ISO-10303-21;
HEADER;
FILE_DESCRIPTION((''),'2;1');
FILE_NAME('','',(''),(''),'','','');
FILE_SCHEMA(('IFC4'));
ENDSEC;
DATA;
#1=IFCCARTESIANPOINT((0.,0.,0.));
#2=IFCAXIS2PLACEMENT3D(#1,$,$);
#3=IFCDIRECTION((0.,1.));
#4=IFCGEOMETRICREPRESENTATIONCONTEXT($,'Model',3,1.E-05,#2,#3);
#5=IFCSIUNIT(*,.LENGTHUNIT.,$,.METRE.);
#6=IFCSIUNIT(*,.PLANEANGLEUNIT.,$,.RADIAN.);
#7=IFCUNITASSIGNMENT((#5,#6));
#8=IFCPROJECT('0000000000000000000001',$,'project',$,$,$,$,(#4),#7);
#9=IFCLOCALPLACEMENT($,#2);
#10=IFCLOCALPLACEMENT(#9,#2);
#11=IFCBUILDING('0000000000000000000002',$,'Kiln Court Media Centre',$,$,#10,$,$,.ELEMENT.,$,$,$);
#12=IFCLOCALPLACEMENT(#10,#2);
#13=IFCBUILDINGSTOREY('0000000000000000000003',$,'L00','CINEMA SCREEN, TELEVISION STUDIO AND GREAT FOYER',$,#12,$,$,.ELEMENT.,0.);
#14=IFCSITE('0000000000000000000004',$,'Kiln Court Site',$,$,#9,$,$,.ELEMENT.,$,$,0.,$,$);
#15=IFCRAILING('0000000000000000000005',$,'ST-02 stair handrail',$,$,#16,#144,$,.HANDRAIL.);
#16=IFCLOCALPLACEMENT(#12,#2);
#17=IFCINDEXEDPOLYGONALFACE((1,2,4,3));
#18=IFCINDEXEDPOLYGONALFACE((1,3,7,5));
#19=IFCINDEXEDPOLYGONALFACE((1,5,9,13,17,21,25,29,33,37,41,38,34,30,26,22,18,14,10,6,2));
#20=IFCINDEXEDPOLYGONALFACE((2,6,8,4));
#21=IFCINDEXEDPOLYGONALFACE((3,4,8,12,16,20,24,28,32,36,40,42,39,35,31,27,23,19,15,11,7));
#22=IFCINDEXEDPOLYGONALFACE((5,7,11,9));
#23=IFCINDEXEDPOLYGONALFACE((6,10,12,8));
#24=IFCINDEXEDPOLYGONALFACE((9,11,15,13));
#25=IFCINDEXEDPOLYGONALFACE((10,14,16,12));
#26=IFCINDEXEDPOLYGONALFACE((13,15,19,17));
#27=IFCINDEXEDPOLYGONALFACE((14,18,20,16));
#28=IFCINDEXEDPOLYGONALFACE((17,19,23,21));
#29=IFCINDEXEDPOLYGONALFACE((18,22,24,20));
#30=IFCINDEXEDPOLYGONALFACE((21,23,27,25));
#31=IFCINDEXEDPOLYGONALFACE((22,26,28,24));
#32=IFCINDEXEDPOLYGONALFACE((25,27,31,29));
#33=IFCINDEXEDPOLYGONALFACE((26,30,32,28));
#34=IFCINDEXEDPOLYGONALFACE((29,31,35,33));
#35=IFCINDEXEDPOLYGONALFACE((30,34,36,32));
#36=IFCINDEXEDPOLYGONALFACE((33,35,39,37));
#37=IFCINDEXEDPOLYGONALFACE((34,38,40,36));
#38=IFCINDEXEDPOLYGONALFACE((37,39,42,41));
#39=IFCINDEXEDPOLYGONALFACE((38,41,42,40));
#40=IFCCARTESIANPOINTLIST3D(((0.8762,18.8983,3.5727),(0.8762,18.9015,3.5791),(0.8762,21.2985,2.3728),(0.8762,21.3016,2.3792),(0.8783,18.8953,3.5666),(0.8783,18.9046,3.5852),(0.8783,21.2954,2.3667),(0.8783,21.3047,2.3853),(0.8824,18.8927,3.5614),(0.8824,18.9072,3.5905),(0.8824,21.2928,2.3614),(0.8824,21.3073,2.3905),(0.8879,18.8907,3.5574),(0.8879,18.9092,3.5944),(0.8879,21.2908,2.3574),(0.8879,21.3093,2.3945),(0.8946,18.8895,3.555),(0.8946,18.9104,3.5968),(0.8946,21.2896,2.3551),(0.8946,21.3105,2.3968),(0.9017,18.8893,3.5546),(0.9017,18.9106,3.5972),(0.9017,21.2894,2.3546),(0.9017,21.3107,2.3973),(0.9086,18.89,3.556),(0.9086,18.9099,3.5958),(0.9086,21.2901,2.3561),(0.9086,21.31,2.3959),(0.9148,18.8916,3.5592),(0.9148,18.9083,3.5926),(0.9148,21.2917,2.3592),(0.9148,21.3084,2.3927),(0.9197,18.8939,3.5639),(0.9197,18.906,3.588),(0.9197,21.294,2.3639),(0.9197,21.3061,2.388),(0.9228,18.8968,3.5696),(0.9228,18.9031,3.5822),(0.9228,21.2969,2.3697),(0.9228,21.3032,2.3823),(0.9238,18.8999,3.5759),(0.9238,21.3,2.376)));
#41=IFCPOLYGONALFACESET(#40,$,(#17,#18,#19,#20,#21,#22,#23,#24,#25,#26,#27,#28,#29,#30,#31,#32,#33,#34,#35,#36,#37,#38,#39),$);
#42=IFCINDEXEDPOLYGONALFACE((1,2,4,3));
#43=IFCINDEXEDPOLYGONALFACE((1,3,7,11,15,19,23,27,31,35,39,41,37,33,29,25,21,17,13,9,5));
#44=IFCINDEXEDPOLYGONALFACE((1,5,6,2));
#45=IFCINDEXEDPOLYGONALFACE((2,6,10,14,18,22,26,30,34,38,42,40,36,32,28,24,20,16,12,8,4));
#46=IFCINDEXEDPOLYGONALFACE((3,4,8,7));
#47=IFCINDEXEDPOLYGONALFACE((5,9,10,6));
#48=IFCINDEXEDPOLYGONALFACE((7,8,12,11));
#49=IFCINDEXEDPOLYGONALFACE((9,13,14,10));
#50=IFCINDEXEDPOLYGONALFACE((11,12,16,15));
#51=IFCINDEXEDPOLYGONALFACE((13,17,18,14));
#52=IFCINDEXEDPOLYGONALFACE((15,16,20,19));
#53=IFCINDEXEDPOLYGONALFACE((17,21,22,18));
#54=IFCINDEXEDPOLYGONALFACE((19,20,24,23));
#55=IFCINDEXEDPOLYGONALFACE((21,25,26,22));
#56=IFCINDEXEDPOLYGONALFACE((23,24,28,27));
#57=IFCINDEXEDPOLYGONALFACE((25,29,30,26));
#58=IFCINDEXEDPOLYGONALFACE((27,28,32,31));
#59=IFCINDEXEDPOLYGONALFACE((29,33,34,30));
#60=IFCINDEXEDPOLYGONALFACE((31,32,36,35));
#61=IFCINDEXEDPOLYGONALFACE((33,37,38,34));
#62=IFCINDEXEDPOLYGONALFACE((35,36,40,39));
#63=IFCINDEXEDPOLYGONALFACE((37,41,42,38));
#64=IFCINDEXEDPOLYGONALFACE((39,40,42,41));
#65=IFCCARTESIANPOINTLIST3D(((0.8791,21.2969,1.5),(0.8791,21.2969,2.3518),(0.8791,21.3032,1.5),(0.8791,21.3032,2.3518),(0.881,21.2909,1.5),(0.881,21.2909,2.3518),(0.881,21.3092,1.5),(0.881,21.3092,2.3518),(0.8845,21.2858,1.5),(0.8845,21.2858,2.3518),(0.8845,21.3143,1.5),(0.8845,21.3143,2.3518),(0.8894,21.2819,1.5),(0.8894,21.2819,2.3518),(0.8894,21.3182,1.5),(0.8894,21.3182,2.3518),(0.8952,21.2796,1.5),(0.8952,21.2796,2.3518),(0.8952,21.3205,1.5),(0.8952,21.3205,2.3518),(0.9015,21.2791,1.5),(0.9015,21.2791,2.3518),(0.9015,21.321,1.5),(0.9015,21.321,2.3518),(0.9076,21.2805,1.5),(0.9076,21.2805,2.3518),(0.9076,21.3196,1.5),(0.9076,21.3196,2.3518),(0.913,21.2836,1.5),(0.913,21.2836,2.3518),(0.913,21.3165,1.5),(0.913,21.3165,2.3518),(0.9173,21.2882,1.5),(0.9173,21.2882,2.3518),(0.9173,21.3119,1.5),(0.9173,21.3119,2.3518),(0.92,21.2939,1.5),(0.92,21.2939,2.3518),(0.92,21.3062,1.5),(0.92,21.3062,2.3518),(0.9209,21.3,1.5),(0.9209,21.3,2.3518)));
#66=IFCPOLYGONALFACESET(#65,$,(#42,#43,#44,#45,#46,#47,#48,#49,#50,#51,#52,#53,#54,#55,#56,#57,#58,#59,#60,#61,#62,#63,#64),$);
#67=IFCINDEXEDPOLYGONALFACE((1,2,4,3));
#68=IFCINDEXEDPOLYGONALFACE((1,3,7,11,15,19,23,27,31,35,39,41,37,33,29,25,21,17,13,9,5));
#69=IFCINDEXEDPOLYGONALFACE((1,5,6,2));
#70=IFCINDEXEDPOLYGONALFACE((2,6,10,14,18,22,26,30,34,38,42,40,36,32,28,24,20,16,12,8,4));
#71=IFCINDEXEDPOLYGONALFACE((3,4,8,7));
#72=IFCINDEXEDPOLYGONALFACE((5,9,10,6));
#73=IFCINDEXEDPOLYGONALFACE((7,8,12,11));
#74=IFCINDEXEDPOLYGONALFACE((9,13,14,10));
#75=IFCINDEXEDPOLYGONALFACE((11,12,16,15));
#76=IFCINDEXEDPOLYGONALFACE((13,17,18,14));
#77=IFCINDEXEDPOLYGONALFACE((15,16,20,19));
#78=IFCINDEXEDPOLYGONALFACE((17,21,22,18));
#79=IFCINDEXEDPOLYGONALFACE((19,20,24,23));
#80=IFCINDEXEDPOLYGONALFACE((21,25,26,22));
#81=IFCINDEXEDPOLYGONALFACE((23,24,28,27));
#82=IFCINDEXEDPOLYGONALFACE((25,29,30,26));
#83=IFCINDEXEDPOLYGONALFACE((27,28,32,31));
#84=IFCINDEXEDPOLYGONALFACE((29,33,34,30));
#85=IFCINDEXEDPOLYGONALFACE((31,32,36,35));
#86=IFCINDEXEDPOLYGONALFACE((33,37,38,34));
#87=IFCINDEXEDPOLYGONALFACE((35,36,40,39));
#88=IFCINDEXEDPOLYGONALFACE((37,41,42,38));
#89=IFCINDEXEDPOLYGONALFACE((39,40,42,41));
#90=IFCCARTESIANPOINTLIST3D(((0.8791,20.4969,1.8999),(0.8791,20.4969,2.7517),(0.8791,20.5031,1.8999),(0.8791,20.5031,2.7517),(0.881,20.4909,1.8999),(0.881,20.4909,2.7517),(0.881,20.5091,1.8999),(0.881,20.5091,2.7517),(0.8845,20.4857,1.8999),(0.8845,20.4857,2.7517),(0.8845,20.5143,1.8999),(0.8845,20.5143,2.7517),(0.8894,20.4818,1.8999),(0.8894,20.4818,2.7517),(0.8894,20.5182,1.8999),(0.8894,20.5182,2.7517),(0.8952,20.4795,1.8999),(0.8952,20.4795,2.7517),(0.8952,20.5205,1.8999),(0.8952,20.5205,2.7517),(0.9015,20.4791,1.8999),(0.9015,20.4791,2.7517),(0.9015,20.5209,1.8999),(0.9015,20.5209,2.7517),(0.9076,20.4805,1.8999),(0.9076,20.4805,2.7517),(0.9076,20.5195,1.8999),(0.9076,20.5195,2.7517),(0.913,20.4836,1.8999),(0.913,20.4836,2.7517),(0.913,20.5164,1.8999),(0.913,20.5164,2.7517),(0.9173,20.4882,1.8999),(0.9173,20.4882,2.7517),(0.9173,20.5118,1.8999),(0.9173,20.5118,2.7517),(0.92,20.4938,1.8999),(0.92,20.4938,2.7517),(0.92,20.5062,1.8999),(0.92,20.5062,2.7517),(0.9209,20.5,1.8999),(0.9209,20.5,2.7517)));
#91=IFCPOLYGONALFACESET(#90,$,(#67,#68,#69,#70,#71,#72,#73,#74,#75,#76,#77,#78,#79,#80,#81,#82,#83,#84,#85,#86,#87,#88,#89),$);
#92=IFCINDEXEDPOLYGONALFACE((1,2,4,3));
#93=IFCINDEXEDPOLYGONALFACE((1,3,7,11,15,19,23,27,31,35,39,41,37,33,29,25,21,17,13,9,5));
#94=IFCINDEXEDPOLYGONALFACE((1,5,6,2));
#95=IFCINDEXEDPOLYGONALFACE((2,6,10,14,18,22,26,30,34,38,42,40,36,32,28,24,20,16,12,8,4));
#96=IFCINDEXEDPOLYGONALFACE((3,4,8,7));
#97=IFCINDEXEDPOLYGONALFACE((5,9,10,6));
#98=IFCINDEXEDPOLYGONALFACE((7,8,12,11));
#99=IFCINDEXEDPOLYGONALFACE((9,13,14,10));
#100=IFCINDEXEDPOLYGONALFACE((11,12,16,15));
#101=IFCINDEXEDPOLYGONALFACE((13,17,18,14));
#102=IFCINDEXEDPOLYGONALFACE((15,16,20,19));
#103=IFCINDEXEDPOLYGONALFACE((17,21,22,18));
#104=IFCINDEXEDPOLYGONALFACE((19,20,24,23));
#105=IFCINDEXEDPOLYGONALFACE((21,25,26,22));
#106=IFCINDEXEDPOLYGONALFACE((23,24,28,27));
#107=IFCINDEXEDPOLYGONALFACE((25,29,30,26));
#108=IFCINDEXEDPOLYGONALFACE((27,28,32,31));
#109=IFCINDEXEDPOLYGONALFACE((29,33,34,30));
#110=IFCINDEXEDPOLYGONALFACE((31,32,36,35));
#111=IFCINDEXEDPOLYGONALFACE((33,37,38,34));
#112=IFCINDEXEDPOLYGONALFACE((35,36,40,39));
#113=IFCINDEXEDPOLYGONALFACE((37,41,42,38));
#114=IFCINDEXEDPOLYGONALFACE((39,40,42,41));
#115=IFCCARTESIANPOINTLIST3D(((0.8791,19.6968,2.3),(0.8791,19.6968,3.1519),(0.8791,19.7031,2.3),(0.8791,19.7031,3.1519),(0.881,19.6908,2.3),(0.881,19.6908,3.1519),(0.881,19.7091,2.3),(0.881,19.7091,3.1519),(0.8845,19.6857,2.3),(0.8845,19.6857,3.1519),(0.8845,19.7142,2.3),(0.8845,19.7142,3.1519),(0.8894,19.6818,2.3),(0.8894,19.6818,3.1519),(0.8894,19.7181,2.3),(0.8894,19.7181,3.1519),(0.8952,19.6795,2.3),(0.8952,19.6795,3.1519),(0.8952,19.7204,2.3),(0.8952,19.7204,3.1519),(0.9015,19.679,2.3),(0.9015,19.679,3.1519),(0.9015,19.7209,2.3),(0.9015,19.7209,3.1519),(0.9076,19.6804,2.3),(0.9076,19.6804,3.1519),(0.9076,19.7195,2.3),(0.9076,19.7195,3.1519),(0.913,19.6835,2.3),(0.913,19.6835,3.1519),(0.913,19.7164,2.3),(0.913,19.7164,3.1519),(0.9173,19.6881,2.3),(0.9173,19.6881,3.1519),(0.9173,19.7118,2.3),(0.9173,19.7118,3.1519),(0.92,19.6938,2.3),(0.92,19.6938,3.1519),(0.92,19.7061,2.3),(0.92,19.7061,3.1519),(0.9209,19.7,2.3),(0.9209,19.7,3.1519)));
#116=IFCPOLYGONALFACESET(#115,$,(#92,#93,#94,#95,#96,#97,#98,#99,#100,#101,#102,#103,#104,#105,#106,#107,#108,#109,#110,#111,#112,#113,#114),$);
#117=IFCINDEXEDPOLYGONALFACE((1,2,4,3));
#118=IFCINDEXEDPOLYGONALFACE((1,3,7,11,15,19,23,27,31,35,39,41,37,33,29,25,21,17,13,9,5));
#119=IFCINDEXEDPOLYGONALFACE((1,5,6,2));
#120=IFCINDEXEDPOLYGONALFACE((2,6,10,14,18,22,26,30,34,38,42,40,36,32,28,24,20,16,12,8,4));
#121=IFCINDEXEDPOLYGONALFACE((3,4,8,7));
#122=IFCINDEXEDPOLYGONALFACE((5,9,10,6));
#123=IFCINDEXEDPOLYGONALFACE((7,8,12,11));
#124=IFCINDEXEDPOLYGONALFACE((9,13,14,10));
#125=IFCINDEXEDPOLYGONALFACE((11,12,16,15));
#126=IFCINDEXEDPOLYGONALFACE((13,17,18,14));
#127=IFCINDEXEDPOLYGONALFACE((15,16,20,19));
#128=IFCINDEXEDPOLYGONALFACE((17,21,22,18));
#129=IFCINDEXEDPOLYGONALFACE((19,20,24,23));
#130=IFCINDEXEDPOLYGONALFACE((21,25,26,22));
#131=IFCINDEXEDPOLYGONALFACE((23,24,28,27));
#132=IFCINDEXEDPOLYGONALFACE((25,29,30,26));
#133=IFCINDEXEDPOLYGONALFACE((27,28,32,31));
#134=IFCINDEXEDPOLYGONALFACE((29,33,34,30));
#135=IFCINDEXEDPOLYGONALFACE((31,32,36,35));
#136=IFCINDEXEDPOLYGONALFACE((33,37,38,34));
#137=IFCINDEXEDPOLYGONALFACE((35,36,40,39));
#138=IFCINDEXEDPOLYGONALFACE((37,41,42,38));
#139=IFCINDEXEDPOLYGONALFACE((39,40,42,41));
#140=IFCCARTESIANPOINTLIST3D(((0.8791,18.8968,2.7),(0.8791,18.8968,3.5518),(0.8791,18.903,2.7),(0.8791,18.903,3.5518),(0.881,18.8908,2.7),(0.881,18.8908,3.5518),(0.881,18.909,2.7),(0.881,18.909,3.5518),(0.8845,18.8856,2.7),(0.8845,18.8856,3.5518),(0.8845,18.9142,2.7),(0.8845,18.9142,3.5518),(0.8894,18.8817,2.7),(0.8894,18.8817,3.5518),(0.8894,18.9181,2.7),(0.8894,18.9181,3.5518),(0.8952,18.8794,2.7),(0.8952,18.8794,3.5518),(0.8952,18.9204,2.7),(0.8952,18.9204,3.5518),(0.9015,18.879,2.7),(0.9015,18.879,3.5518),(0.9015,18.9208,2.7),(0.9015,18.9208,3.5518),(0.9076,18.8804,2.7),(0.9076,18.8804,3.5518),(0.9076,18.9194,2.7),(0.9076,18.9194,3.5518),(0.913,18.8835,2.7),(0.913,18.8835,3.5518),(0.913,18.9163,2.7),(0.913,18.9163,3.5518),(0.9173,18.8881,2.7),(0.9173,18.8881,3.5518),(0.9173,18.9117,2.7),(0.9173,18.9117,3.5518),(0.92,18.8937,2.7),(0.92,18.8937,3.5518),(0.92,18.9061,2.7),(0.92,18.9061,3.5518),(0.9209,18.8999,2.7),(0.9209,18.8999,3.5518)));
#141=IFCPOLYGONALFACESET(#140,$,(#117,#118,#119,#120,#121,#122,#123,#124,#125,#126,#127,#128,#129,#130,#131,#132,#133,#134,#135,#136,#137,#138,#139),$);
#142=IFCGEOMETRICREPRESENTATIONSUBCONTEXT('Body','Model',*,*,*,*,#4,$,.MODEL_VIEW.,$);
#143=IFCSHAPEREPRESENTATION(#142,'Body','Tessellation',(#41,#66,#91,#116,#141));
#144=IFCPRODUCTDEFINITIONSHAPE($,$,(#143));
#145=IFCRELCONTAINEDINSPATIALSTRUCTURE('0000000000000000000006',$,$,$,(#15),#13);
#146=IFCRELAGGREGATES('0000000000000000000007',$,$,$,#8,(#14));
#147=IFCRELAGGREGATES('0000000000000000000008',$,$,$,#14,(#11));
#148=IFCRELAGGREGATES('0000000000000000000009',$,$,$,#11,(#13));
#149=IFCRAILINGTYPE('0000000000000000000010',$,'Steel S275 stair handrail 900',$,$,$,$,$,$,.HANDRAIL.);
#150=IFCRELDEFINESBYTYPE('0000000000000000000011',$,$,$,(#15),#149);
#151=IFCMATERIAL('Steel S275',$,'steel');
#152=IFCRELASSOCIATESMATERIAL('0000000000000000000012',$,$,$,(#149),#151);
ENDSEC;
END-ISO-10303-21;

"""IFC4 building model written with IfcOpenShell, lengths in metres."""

from ifc_helpers import new_model, si_unit, direction, frame, origin, origin_2d, place, context, subcontext, project, spatial, circle, extrude, material, type_object, element, save


model = new_model("IFC4")

# Units and contexts
model_context = context("Model", 3, precision=1e-05, world=origin(), true_north=direction((0.0, 1.0)))
body_context = subcontext(model_context, "Body", "Model", "MODEL_VIEW")
ifc_project = project(units=[si_unit("LENGTHUNIT", "METRE"), si_unit("PLANEANGLEUNIT", "RADIAN")], contexts=[model_context])

# Site, building, storey
site_placement = place(None, origin())
site = spatial("IfcSite", under=ifc_project, at=site_placement, Name="Kiln Court Site", CompositionType="ELEMENT", RefElevation=0.0)
building_placement = place(site_placement, origin())
building = spatial("IfcBuilding", under=site, at=building_placement, Name="Kiln Court Media Centre", CompositionType="ELEMENT")
storey_placement = place(building_placement, origin())
storey = spatial("IfcBuildingStorey", under=building, at=storey_placement, Name="L00", Description="CINEMA SCREEN, TELEVISION STUDIO AND GREAT FOYER", CompositionType="ELEMENT", Elevation=0.0)

# Railing
ifc_material_1 = material(Name="Steel S275", Category="steel")
railing_type_1 = type_object("IfcRailingType", Name="Steel S275 stair handrail 900", PredefinedType="HANDRAIL", material=ifc_material_1)
railing_1_placement = place(storey_placement, frame((0.8999, 21.3, 1.5)))
element("IfcRailing", 1, at=railing_1_placement, inside=storey, type_object=railing_type_1, Name="ST-02 stair handrail", PredefinedType="HANDRAIL", context=body_context, shape_type="SweptSolid", body=[
    extrude(circle(Radius=0.0239, at=origin_2d()), frame((0.0, 0.0, 0.876), z_axis=(0.0, -0.894445, 0.447177), x_axis=(1.0, 0.0, 0.0)), (0.0, 0.0, 1.0), 2.6833),
    extrude(circle(Radius=0.021, at=origin_2d()), origin(), (0.0, 0.0, 1.0), 0.8518),
    extrude(circle(Radius=0.021, at=origin_2d()), frame((0.0, -0.8, 0.3999)), (0.0, 0.0, 1.0), 0.8518),
    extrude(circle(Radius=0.021, at=origin_2d()), frame((0.0, -1.6001, 0.8)), (0.0, 0.0, 1.0), 0.8518),
    extrude(circle(Radius=0.021, at=origin_2d()), frame((0.0, -2.4001, 1.2)), (0.0, 0.0, 1.0), 0.8518),
])

save(model, "model.ifc")
